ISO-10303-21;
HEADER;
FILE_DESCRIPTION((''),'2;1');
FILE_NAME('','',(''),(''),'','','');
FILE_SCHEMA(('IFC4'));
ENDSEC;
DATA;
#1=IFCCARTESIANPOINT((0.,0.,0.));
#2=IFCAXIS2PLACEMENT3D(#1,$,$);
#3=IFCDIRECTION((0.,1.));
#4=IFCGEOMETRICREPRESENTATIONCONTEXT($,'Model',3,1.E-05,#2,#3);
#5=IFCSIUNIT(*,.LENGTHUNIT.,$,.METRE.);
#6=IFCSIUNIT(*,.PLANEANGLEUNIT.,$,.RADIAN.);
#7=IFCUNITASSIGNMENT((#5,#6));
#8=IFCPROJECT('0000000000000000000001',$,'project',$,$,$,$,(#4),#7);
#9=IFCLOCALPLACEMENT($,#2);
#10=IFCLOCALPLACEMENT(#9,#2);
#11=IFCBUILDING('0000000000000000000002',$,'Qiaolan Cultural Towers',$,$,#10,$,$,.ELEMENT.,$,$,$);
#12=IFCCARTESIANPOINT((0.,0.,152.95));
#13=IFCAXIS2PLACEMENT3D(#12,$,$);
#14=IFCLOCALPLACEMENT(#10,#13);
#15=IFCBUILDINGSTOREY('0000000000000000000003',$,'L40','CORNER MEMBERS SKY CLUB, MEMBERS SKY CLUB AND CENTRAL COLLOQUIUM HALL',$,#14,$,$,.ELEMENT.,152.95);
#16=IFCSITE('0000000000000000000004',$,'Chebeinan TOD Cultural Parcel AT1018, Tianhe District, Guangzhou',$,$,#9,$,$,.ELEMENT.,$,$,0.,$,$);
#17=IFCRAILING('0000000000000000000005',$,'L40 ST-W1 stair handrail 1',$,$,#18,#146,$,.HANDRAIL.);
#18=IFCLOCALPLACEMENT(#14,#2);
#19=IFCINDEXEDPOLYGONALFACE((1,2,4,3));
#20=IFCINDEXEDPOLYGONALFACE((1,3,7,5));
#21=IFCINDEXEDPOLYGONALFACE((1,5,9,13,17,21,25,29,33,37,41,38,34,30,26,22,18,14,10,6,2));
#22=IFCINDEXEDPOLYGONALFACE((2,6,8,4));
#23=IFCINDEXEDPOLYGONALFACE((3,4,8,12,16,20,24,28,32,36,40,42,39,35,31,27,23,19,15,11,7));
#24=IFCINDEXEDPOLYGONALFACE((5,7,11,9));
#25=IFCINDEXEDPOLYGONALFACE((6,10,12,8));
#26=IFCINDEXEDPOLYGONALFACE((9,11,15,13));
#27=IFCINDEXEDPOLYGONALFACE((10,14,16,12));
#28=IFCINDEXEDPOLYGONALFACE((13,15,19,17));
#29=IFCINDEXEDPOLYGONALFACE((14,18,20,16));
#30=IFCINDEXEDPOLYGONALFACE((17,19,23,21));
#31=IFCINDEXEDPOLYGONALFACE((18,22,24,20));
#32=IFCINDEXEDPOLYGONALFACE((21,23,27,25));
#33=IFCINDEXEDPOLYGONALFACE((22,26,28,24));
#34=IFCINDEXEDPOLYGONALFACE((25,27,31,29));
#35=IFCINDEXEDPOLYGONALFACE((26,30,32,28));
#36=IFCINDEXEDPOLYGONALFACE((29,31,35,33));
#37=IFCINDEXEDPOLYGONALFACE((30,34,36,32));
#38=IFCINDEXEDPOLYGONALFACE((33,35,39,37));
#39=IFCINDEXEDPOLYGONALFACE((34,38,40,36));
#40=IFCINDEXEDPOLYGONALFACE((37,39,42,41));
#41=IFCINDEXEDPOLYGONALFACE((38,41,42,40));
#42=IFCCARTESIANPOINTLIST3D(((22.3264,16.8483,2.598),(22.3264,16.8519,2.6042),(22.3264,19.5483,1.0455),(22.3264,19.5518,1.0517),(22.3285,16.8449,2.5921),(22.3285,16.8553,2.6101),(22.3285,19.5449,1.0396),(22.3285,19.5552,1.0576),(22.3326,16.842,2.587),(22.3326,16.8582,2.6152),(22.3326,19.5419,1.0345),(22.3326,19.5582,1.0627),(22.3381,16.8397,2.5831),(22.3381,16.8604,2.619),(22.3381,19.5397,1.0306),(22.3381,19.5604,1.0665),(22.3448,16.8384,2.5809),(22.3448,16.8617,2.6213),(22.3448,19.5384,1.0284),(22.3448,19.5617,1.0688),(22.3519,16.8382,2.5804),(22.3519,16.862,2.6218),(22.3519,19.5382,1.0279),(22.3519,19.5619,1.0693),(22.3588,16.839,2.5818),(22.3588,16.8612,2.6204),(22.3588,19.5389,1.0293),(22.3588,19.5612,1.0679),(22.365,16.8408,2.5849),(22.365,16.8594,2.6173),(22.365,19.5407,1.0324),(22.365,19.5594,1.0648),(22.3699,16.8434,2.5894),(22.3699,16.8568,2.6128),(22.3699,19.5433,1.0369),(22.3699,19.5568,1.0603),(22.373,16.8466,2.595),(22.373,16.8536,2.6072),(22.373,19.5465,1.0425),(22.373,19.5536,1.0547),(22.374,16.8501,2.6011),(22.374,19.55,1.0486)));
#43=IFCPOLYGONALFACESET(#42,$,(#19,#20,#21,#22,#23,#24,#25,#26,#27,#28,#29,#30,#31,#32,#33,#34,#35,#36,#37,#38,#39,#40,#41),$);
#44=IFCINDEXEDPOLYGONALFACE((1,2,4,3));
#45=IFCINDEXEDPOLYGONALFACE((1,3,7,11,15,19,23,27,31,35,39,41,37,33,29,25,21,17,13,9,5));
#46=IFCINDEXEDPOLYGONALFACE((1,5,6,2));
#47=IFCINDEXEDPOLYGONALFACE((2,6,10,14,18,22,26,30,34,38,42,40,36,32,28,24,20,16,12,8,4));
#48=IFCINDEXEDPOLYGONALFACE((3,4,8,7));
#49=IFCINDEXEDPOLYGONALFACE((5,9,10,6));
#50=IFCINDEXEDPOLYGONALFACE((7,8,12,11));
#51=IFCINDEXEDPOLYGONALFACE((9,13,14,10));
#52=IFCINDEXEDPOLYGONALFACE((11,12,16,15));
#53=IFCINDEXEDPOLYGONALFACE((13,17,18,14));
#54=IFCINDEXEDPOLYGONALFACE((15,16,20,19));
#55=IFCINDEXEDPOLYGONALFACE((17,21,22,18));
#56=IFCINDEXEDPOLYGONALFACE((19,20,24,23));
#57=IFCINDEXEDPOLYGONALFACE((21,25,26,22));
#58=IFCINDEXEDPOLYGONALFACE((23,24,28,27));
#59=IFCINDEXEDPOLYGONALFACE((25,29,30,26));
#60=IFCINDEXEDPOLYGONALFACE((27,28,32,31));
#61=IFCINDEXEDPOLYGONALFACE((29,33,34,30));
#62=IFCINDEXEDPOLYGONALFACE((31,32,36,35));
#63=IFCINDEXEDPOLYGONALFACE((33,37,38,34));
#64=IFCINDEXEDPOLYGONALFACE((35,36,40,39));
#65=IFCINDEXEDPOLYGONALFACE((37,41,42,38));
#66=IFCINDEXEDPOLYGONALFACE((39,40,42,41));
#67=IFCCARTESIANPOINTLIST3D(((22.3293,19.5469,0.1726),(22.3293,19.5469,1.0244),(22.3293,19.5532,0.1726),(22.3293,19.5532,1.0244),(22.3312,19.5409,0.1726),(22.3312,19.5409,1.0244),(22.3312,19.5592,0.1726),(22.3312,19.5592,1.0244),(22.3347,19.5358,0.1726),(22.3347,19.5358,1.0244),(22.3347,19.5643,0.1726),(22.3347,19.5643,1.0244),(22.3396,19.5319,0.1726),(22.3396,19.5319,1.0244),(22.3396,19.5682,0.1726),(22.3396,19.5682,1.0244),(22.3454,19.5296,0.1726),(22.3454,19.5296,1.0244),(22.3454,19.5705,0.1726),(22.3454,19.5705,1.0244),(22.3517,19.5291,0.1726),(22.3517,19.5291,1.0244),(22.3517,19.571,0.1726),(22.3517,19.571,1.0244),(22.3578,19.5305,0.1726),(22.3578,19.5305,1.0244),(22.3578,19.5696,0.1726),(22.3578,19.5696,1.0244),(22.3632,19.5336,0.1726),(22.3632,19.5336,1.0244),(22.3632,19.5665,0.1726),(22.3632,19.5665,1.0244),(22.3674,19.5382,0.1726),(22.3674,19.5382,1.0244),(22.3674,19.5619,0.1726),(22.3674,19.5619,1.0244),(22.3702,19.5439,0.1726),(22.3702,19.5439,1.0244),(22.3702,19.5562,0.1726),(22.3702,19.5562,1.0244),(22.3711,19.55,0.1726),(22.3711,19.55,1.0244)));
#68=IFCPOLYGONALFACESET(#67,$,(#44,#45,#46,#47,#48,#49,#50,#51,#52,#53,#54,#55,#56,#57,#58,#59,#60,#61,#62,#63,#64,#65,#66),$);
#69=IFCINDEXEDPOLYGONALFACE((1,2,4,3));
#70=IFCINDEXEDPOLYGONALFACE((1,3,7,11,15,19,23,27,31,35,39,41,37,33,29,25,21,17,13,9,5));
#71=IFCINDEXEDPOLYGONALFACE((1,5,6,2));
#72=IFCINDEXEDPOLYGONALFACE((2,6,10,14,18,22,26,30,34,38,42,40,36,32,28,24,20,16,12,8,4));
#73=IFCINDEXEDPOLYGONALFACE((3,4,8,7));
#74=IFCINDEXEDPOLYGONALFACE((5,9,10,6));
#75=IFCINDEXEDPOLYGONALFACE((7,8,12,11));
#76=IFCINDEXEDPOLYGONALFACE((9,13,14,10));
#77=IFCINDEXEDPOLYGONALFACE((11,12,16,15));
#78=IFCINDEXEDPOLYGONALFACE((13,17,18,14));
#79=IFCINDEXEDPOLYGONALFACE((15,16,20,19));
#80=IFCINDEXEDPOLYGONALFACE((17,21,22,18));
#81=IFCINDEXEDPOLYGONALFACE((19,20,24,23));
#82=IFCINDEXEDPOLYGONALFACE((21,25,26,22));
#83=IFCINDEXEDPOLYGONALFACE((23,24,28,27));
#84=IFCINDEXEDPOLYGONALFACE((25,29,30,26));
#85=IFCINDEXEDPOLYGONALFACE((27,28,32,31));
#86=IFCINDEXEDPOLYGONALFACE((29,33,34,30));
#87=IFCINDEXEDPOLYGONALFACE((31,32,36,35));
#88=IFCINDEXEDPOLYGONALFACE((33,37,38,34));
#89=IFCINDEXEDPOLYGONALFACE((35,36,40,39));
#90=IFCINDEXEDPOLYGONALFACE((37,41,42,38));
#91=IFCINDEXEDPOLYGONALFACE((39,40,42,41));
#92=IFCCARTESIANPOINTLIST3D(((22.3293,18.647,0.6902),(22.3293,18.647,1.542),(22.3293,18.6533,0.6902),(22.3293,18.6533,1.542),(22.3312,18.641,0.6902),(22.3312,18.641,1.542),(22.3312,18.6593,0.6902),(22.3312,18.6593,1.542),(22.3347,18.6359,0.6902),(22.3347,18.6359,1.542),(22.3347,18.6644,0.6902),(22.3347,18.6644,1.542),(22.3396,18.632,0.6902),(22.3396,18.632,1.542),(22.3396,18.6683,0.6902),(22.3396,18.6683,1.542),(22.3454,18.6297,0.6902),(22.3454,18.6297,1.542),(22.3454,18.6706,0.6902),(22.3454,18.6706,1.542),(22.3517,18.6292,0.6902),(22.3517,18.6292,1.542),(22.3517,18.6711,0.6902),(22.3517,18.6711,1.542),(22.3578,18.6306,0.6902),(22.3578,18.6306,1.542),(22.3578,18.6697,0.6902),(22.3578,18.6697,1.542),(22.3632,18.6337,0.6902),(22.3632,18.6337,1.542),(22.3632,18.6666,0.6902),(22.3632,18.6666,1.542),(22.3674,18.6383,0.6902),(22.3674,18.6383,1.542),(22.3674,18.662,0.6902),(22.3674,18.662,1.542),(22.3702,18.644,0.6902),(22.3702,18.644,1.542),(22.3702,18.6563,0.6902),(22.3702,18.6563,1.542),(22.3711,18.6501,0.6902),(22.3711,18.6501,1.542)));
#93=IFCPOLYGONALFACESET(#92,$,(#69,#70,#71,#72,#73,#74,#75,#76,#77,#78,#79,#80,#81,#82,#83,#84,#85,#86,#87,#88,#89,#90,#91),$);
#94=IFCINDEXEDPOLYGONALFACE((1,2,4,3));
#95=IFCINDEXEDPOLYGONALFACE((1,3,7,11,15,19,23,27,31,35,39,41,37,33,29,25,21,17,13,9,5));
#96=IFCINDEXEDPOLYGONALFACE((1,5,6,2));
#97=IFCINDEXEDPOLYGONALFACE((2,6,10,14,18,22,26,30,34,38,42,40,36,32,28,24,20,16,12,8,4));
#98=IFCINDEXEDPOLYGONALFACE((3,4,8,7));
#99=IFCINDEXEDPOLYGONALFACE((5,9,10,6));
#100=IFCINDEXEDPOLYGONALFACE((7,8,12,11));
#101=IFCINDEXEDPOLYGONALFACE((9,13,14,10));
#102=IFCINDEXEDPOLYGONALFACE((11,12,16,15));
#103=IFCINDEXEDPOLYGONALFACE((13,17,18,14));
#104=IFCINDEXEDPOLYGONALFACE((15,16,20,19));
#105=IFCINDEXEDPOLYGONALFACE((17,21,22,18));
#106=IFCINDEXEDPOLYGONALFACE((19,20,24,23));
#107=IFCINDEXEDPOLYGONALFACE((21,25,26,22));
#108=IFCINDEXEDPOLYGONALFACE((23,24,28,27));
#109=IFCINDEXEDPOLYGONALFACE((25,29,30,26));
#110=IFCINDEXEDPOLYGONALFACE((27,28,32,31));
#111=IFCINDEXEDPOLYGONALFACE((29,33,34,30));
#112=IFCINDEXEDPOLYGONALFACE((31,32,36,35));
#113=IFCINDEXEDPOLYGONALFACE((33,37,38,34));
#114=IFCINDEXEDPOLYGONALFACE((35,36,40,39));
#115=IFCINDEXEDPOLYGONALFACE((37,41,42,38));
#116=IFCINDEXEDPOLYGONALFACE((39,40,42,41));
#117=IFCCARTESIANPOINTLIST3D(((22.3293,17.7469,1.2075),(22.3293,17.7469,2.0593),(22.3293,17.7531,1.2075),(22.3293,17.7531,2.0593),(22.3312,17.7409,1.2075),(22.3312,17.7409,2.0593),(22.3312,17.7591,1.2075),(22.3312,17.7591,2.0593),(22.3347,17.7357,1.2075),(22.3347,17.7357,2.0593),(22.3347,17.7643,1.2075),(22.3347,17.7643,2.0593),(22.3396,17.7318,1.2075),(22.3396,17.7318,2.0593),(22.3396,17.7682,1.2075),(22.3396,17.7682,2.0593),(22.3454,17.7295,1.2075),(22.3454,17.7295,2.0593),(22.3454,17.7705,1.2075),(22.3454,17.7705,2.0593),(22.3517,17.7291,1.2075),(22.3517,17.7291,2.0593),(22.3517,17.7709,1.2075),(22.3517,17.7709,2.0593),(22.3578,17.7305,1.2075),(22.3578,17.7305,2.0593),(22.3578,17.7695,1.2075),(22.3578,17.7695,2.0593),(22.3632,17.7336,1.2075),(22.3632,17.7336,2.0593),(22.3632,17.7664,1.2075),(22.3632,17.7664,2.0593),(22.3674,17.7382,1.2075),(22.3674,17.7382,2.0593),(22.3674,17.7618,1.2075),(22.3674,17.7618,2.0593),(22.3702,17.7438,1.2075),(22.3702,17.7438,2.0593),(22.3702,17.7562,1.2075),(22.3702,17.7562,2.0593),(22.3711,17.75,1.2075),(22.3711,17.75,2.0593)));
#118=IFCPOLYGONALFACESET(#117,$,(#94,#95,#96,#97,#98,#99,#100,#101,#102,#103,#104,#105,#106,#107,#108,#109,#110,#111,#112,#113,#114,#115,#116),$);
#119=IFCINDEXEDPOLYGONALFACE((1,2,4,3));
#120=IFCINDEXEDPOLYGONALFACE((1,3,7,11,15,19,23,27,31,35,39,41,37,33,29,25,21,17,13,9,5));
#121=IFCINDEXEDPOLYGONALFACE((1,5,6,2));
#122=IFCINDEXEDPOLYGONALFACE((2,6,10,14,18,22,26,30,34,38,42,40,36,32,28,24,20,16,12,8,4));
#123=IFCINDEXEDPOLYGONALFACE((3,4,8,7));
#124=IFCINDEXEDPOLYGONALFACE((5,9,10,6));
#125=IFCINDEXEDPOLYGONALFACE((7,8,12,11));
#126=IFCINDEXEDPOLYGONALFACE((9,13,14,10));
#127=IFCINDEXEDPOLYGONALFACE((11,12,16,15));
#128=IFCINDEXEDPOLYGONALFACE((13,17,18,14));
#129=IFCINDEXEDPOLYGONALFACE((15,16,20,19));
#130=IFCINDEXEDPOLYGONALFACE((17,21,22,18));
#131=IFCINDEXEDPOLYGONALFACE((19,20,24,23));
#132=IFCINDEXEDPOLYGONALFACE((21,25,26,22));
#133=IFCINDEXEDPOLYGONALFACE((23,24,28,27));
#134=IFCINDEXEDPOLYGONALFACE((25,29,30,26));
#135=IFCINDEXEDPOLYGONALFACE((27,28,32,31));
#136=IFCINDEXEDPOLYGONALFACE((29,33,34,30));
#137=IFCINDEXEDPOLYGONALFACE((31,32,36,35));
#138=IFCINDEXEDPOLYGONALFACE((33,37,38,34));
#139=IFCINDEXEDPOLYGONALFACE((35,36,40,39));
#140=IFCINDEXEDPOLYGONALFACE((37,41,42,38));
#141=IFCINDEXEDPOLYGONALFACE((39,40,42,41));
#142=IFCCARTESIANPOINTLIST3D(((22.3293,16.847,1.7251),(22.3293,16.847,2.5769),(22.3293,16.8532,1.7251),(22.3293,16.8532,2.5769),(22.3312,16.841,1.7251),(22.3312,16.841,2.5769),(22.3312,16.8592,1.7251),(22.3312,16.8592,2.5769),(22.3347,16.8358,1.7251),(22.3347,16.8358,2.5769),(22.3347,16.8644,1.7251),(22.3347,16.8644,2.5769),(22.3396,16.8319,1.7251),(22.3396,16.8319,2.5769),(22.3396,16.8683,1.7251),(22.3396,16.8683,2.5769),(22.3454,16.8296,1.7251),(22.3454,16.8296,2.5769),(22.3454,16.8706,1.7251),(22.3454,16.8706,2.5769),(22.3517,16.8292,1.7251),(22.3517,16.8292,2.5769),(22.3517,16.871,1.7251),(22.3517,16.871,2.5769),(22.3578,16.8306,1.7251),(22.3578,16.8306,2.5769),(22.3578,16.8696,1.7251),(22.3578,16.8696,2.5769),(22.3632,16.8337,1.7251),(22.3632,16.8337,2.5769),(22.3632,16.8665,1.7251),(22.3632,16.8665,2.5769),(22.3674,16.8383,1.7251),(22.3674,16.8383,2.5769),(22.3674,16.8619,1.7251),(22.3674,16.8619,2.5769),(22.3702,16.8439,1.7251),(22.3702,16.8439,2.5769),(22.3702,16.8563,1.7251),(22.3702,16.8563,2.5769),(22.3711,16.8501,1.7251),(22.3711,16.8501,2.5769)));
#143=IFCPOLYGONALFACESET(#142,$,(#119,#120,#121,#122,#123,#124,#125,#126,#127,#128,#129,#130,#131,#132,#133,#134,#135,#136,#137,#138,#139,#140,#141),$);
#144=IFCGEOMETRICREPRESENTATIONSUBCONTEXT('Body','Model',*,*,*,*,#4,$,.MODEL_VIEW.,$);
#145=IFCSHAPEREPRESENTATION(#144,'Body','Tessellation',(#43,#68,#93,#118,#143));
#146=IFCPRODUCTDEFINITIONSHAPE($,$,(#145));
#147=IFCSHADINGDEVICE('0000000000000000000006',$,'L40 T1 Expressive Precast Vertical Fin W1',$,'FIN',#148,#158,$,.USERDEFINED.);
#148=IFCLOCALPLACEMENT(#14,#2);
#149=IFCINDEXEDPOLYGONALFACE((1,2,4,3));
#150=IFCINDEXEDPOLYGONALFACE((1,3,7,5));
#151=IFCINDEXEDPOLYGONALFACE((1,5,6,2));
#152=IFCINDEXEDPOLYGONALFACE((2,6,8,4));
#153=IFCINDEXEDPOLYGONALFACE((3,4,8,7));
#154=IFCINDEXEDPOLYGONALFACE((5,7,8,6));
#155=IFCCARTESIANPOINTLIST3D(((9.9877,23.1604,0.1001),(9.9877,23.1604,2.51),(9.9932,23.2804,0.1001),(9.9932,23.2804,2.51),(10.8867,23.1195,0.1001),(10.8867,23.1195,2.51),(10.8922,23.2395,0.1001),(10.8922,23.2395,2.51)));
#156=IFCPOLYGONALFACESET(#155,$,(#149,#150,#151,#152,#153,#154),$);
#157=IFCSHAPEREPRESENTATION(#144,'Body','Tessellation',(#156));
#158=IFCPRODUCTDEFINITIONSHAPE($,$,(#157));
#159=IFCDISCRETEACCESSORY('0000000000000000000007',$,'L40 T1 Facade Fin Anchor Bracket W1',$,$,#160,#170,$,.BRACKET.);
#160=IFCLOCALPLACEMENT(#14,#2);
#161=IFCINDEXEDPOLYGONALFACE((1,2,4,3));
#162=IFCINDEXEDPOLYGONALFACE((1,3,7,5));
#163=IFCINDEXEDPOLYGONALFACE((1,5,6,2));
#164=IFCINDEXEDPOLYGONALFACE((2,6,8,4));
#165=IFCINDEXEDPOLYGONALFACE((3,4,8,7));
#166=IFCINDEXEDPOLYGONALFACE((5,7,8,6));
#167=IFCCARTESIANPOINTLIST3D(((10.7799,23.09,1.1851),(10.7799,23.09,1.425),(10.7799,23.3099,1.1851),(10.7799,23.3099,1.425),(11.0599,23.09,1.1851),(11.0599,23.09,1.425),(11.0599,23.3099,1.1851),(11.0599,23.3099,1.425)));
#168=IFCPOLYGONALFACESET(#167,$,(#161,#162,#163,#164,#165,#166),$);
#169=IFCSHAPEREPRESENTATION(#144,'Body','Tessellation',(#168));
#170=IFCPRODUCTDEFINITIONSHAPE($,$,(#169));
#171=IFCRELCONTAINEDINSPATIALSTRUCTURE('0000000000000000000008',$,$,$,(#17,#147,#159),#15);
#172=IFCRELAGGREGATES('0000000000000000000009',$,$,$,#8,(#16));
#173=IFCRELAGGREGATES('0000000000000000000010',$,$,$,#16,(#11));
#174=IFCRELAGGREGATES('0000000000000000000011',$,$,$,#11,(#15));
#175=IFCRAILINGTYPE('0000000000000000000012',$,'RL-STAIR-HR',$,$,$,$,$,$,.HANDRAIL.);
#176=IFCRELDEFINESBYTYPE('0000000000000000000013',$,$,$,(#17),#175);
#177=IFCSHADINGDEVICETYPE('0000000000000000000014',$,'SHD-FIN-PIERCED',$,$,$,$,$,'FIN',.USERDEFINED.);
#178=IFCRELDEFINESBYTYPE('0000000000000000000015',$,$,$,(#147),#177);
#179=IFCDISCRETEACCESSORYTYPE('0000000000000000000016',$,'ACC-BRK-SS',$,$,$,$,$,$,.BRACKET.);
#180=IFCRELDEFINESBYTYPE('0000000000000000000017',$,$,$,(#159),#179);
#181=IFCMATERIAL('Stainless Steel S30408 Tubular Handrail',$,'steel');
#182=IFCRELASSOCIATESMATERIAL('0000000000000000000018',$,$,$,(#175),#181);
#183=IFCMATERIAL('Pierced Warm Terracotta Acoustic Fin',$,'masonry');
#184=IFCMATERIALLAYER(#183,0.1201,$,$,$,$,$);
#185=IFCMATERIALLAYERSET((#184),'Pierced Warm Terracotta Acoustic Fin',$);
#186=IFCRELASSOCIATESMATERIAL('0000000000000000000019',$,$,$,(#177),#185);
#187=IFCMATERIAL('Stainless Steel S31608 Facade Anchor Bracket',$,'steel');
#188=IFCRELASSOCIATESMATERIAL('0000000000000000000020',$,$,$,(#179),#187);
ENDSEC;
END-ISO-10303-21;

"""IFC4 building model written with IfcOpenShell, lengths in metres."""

from ifc_helpers import new_model, si_unit, direction, frame, origin, origin_2d, place, context, subcontext, project, spatial, rectangle, circle, extrude, material, layer, layer_set, type_object, element, save


model = new_model("IFC4")

# Units and contexts
model_context = context("Model", 3, precision=1e-05, world=origin(), true_north=direction((0.0, 1.0)))
body_context = subcontext(model_context, "Body", "Model", "MODEL_VIEW")
ifc_project = project(units=[si_unit("LENGTHUNIT", "METRE"), si_unit("PLANEANGLEUNIT", "RADIAN")], contexts=[model_context])

# Site, building, storey
site_placement = place(None, origin())
site = spatial("IfcSite", under=ifc_project, at=site_placement, Name="Chebeinan TOD Cultural Parcel AT1018, Tianhe District, Guangzhou", CompositionType="ELEMENT", RefElevation=0.0)
building_placement = place(site_placement, origin())
building = spatial("IfcBuilding", under=site, at=building_placement, Name="Qiaolan Cultural Towers", CompositionType="ELEMENT")
storey_placement = place(building_placement, frame((0.0, 0.0, 152.95)))
storey = spatial("IfcBuildingStorey", under=building, at=storey_placement, Name="L40", Description="CORNER MEMBERS SKY CLUB, MEMBERS SKY CLUB AND CENTRAL COLLOQUIUM HALL", CompositionType="ELEMENT", Elevation=152.95)

# Railing
ifc_material_1 = material(Name="Stainless Steel S30408 Tubular Handrail", Category="steel")
railing_type_1 = type_object("IfcRailingType", Name="RL-STAIR-HR", PredefinedType="HANDRAIL", material=ifc_material_1)
railing_1_placement = place(storey_placement, frame((22.3501, 19.55, 0.1726)))
element("IfcRailing", 1, at=railing_1_placement, inside=storey, type_object=railing_type_1, Name="L40 ST-W1 stair handrail 1", PredefinedType="HANDRAIL", context=body_context, shape_type="SweptSolid", body=[
    extrude(circle(Radius=0.0239, at=origin_2d()), frame((0.0, 0.0, 0.876), z_axis=(0.0, -0.866904, 0.498476), x_axis=(1.0, 0.0, 0.0)), (0.0, 0.0, 1.0), 3.1145),
    extrude(circle(Radius=0.021, at=origin_2d()), origin(), (0.0, 0.0, 1.0), 0.8518),
    extrude(circle(Radius=0.021, at=origin_2d()), frame((0.0, -0.8999, 0.5176)), (0.0, 0.0, 1.0), 0.8518),
    extrude(circle(Radius=0.021, at=origin_2d()), frame((0.0, -1.8, 1.0349)), (0.0, 0.0, 1.0), 0.8518),
    extrude(circle(Radius=0.021, at=origin_2d()), frame((0.0, -2.7, 1.5525)), (0.0, 0.0, 1.0), 0.8518),
])

# Shading device
ifc_material_2 = material(Name="Pierced Warm Terracotta Acoustic Fin", Category="masonry")
ifc_layer_1 = layer(ifc_material_2, 0.1201)
ifc_layer_set_1 = layer_set([ifc_layer_1], Name="Pierced Warm Terracotta Acoustic Fin")
shading_device_type = type_object("IfcShadingDeviceType", Name="SHD-FIN-PIERCED", ElementType="FIN", PredefinedType="USERDEFINED", material=ifc_layer_set_1)
shading_device_placement = place(storey_placement, frame((10.4399, 23.2, 0.1001), z_axis=(0.0, 0.0, 1.0), x_axis=(0.998967, -0.045445, 0.0)))
element("IfcShadingDevice", 2, at=shading_device_placement, inside=storey, type_object=shading_device_type, Name="L40 T1 Expressive Precast Vertical Fin W1", ObjectType="FIN", PredefinedType="USERDEFINED", context=body_context, shape_type="SweptSolid", body=[
    extrude(rectangle(XDim=0.8999, YDim=0.1201, at=origin_2d()), origin(), (0.0, 0.0, 1.0), 2.4099),
])

# Discrete accessory
ifc_material_3 = material(Name="Stainless Steel S31608 Facade Anchor Bracket", Category="steel")
discrete_accessory_type = type_object("IfcDiscreteAccessoryType", Name="ACC-BRK-SS", PredefinedType="BRACKET", material=ifc_material_3)
discrete_accessory_placement = place(storey_placement, frame((10.9199, 23.2, 1.1851), z_axis=(0.0, 0.0, 1.0), x_axis=(1.0, 0.0, 0.0)))
element("IfcDiscreteAccessory", 3, at=discrete_accessory_placement, inside=storey, type_object=discrete_accessory_type, Name="L40 T1 Facade Fin Anchor Bracket W1", PredefinedType="BRACKET", context=body_context, shape_type="SweptSolid", body=[
    extrude(rectangle(XDim=0.28, YDim=0.22, at=origin_2d()), origin(), (0.0, 0.0, 1.0), 0.24),
])

save(model, "model.ifc")
